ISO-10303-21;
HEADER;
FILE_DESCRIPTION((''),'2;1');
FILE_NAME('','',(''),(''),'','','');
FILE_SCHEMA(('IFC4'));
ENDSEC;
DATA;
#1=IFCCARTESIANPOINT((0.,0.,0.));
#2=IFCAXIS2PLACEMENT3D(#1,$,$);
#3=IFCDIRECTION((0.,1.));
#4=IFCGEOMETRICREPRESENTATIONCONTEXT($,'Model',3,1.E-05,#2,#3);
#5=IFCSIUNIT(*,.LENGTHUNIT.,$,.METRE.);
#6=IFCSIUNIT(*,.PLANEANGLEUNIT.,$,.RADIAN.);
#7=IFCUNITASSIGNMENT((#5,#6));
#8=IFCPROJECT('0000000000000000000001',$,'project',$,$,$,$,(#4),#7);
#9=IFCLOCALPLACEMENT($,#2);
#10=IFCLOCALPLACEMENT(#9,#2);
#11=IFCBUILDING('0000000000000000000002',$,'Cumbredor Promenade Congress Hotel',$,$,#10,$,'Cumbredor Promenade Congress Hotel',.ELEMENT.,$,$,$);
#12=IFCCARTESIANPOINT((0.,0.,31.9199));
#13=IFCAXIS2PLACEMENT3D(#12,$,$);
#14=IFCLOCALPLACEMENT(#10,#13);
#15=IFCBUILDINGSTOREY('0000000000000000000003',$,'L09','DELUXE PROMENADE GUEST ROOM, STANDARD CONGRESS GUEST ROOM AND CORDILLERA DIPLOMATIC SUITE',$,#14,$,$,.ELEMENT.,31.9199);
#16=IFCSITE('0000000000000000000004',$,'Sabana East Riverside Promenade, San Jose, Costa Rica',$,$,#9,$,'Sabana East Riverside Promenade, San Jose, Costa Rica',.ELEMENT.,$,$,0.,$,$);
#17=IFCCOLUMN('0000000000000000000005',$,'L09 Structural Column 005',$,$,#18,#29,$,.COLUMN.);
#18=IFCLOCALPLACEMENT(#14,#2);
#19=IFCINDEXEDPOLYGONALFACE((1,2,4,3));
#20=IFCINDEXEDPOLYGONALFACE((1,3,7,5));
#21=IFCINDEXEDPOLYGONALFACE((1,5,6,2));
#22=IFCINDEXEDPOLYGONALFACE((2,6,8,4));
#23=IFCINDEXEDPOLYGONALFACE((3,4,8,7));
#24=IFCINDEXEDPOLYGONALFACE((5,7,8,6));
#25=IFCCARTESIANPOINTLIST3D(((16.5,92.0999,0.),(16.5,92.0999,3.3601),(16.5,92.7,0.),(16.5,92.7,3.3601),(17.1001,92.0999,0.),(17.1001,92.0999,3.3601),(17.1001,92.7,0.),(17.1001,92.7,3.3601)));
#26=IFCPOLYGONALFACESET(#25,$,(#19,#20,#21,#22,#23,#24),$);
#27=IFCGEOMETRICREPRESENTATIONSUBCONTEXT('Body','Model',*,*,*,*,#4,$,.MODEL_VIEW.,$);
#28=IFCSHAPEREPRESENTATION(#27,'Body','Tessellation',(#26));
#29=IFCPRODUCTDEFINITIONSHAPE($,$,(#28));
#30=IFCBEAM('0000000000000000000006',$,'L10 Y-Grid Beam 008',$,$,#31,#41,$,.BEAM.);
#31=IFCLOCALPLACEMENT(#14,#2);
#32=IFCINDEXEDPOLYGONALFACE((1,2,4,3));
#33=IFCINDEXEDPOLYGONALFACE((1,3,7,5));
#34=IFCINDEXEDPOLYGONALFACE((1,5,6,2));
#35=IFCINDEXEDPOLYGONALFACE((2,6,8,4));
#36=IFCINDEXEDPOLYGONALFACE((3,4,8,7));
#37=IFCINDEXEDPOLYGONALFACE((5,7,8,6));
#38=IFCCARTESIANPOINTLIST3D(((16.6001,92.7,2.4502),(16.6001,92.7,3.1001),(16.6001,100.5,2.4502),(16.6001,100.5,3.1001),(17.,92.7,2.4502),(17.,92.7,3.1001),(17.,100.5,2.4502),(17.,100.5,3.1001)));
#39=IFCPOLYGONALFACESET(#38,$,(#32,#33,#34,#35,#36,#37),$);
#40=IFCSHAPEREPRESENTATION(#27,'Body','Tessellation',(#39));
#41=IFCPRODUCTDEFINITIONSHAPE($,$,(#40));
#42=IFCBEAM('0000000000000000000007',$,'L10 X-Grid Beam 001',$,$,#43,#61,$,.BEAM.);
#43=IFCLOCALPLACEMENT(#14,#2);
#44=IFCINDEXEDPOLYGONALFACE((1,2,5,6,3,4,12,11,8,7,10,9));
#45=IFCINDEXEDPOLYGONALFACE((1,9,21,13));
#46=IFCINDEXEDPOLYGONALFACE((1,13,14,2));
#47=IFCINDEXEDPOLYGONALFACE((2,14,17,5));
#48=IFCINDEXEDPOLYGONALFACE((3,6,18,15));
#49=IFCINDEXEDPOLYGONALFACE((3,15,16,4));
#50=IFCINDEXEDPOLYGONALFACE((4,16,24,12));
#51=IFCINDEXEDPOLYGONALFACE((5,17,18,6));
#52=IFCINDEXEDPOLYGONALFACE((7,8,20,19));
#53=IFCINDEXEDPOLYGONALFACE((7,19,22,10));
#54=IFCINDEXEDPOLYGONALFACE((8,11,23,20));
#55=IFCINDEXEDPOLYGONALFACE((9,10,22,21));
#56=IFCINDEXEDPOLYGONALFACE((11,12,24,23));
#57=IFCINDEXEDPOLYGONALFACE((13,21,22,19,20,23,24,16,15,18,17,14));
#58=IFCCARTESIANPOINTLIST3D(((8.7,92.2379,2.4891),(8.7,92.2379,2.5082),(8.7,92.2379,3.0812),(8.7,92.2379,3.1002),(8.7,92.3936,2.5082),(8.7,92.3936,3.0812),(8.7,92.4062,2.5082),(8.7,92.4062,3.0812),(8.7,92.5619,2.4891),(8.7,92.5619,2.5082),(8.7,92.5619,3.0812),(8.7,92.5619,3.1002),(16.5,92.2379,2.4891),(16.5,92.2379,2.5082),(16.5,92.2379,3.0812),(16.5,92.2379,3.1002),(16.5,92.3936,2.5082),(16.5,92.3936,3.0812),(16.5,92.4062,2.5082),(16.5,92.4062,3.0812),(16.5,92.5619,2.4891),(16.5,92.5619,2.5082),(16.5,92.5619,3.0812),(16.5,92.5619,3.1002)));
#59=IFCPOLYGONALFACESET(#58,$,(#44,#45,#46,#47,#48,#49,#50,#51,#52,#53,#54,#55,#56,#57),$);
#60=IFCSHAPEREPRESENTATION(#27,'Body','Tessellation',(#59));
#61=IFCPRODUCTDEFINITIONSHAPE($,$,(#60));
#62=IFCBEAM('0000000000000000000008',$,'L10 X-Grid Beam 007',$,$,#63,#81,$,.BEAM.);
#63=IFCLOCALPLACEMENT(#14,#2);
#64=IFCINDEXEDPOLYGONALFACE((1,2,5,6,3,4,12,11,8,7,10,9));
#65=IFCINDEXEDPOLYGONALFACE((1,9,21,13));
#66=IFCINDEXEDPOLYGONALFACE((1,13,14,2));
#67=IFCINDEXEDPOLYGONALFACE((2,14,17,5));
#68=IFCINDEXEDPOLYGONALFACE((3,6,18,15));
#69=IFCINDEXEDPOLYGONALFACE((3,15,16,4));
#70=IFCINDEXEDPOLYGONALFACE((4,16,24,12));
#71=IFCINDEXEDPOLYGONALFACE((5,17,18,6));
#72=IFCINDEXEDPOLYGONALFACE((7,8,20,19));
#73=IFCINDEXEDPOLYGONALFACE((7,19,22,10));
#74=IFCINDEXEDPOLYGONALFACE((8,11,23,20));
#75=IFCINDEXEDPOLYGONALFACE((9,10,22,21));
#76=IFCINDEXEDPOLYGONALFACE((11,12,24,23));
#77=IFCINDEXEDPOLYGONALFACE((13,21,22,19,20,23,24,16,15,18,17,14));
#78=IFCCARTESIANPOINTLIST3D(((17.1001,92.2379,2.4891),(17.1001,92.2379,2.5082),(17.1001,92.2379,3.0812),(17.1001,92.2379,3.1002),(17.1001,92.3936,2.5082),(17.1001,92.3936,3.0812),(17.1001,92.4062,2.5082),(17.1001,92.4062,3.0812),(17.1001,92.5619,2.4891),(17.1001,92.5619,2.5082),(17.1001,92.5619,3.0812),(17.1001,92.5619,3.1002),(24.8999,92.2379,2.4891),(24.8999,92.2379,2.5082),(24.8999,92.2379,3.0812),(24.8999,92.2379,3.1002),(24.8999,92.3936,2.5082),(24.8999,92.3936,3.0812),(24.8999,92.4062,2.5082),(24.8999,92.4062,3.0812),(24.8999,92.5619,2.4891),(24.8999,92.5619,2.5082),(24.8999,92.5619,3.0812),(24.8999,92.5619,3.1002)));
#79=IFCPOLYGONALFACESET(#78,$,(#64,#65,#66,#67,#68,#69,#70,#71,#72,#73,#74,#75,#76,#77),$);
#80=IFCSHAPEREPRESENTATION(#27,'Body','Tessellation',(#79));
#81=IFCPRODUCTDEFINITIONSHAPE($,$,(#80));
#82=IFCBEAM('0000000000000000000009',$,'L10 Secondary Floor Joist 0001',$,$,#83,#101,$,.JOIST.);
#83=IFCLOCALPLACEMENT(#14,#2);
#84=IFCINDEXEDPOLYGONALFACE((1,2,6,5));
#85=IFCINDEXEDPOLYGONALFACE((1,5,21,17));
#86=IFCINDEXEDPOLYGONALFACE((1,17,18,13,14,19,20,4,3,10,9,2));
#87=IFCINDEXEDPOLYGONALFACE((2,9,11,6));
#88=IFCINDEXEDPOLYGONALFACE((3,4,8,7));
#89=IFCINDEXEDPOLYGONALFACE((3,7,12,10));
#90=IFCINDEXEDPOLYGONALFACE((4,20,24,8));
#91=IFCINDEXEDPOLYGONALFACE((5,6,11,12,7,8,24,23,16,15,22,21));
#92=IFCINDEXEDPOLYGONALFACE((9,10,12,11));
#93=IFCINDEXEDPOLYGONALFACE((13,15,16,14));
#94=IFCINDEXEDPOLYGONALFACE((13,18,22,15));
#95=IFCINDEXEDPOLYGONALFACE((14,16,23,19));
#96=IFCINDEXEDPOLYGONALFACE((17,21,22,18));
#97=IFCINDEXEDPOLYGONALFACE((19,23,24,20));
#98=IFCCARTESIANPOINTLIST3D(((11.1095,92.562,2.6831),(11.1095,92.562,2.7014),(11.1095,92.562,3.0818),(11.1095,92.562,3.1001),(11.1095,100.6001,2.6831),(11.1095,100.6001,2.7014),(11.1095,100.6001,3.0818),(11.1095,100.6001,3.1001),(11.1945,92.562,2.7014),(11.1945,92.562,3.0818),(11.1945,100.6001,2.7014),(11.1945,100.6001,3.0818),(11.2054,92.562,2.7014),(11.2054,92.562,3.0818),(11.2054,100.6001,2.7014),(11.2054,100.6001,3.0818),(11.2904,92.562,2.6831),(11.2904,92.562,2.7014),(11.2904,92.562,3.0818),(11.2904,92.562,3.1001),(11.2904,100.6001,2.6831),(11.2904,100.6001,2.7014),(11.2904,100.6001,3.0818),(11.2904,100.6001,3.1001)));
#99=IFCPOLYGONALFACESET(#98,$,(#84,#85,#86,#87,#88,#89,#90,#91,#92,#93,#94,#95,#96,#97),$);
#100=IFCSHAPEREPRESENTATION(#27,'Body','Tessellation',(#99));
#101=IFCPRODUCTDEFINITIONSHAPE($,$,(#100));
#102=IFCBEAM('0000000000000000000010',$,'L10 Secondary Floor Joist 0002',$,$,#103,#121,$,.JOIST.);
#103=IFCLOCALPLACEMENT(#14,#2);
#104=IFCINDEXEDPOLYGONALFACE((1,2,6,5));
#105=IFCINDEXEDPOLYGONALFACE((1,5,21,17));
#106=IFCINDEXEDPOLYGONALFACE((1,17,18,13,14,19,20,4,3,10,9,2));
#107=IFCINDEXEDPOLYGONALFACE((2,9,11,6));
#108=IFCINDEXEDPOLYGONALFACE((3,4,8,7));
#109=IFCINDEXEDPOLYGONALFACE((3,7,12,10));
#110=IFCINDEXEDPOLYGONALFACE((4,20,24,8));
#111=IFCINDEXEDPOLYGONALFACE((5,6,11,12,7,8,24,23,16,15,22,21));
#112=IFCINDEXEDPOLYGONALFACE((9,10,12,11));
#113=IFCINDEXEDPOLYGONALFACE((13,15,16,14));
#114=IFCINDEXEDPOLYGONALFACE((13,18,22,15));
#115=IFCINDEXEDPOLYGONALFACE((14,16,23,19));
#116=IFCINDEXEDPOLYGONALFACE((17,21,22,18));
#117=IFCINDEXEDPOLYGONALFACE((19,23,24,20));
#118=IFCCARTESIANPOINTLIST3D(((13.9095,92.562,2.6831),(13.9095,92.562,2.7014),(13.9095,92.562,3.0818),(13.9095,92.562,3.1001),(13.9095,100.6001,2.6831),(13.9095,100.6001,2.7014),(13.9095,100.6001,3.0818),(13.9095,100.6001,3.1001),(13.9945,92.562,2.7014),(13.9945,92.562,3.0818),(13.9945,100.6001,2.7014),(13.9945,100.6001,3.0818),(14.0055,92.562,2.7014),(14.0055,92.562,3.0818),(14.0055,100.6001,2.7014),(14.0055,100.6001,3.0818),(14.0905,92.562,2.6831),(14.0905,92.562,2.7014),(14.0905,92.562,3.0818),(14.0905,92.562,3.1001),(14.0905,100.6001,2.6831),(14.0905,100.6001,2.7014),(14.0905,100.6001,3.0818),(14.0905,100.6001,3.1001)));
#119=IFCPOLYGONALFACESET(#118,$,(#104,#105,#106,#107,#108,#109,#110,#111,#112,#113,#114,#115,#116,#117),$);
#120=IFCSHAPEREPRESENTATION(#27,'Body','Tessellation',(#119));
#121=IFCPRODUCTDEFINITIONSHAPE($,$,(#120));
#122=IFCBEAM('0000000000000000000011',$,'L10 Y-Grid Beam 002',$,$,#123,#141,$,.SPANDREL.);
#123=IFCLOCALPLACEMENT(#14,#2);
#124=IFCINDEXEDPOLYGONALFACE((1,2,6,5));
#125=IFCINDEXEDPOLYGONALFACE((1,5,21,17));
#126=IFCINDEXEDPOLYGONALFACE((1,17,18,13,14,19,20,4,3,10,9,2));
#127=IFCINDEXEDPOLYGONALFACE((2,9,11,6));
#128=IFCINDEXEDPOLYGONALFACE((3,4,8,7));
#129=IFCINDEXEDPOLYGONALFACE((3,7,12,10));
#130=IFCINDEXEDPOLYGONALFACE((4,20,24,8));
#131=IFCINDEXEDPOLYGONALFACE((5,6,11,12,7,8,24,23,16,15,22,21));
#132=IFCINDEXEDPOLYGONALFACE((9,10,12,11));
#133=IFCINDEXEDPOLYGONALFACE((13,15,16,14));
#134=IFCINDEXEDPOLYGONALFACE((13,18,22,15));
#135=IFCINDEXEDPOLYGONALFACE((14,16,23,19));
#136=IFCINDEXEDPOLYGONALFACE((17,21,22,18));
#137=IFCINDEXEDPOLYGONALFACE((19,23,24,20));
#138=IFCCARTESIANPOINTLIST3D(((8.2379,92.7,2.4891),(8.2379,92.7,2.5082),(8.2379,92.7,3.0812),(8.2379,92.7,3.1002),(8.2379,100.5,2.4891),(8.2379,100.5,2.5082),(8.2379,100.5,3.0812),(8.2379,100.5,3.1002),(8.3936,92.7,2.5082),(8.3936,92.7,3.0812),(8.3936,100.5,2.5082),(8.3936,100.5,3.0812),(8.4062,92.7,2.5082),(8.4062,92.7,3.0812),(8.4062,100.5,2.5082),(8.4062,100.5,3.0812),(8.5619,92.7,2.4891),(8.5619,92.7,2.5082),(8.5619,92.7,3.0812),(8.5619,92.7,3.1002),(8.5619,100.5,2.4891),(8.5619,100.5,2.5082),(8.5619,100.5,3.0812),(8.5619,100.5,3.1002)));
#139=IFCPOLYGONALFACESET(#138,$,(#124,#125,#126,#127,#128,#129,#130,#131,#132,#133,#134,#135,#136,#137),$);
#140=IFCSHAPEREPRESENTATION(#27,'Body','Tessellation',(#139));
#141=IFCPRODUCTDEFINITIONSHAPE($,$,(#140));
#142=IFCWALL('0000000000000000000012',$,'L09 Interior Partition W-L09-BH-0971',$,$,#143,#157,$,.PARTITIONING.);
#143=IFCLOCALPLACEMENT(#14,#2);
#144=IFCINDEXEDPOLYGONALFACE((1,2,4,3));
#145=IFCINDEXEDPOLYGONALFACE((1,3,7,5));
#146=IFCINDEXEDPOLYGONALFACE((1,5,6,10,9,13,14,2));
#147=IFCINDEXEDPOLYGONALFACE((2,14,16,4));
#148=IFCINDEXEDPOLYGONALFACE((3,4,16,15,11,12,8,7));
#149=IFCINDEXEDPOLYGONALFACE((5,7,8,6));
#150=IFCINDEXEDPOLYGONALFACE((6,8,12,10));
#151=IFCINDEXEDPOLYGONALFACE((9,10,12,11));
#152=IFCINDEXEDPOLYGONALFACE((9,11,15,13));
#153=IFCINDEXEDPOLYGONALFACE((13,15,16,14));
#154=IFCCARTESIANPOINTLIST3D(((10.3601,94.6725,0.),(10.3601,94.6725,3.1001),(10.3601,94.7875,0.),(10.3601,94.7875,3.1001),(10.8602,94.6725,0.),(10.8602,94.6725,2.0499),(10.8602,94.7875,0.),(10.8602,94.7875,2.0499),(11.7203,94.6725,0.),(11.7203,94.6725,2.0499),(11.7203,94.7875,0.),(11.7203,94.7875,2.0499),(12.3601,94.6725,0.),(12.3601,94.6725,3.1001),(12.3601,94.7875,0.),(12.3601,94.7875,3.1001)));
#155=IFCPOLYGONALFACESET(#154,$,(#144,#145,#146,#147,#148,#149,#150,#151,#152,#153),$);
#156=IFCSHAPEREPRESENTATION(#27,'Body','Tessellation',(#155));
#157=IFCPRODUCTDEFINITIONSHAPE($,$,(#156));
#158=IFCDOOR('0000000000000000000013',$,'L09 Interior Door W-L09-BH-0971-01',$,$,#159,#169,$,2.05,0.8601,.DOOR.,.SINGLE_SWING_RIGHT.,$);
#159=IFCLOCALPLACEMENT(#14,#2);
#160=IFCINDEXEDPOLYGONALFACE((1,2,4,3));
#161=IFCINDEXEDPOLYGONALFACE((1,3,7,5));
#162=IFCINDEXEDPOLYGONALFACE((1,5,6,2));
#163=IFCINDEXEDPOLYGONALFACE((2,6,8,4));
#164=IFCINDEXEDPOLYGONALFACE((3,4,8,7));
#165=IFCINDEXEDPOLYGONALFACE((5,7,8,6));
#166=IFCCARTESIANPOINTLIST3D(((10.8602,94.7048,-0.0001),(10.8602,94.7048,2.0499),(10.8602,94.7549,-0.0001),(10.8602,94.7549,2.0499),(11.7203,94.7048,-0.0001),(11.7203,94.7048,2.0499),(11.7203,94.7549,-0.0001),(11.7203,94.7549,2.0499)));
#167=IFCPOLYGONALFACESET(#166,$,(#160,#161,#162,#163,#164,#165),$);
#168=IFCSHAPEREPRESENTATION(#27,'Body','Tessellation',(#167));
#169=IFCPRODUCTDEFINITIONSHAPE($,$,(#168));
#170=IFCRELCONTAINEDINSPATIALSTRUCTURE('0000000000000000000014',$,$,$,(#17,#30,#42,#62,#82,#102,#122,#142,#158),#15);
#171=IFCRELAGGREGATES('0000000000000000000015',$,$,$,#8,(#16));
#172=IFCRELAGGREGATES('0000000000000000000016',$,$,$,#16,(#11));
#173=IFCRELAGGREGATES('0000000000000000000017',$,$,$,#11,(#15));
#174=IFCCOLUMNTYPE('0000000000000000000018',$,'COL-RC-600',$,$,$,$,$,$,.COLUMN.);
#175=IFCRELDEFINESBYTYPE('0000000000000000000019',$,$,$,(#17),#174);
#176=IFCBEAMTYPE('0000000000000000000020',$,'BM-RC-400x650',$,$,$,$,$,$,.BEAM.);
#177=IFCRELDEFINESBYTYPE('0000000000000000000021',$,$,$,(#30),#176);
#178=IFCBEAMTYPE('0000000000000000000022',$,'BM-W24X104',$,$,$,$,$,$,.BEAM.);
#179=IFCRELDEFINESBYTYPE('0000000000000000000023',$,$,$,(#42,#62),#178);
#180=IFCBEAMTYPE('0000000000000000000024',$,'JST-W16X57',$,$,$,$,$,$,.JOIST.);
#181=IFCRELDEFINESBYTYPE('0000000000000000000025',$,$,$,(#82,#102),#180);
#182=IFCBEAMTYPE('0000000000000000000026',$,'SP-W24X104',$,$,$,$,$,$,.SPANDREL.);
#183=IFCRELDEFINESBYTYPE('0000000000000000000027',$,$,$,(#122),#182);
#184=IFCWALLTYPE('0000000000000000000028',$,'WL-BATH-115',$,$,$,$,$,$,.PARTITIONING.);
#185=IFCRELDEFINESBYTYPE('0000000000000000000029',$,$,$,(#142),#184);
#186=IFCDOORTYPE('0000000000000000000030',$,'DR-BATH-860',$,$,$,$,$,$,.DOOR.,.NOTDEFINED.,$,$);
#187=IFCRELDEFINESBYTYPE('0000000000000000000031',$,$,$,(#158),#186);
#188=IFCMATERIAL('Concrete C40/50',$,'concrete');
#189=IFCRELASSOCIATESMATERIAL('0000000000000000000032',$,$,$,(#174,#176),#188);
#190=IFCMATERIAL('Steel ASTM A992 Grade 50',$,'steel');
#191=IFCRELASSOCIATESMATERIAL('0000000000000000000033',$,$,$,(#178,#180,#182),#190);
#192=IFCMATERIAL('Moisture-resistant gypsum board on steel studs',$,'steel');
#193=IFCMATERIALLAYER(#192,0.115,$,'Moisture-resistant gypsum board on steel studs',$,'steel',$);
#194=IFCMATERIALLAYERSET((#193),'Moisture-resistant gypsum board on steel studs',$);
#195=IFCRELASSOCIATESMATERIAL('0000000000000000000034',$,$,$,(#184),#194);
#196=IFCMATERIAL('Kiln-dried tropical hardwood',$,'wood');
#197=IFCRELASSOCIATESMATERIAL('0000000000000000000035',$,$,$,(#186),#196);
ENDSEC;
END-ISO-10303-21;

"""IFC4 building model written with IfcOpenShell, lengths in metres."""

from ifc_helpers import new_model, si_unit, direction, frame, frame_2d, origin, origin_2d, place, context, subcontext, project, spatial, rectangle, i_section, extrude, material, layer, layer_set, material_profile, profile_set, type_object, element, fill, save


model = new_model("IFC4")

# Units and contexts
model_context = context("Model", 3, precision=1e-05, world=origin(), true_north=direction((0.0, 1.0)))
body_context = subcontext(model_context, "Body", "Model", "MODEL_VIEW")
ifc_project = project(units=[si_unit("LENGTHUNIT", "METRE"), si_unit("PLANEANGLEUNIT", "RADIAN")], contexts=[model_context])

# Site, building, storey
site_placement = place(None, origin())
site = spatial("IfcSite", under=ifc_project, at=site_placement, Name="Sabana East Riverside Promenade, San Jose, Costa Rica", LongName="Sabana East Riverside Promenade, San Jose, Costa Rica", CompositionType="ELEMENT", RefElevation=0.0)
building_placement = place(site_placement, origin())
building = spatial("IfcBuilding", under=site, at=building_placement, Name="Cumbredor Promenade Congress Hotel", LongName="Cumbredor Promenade Congress Hotel", CompositionType="ELEMENT")
storey_placement = place(building_placement, frame((0.0, 0.0, 31.9199)))
storey = spatial("IfcBuildingStorey", under=building, at=storey_placement, Name="L09", Description="DELUXE PROMENADE GUEST ROOM, STANDARD CONGRESS GUEST ROOM AND CORDILLERA DIPLOMATIC SUITE", CompositionType="ELEMENT", Elevation=31.9199)

# Column
ifc_material_1 = material(Name="Concrete C40/50", Category="concrete")
ifc_material_profile_1 = material_profile(ifc_material_1, rectangle(XDim=0.6001, YDim=0.6001, at=origin_2d()), Name="RC 600x600")
ifc_profile_set_1 = profile_set([ifc_material_profile_1], Name="Concrete C40/50")
column_type = type_object("IfcColumnType", Name="COL-RC-600", PredefinedType="COLUMN", material=ifc_profile_set_1)
column_placement = place(storey_placement, frame((16.8, 92.3999, 0.0), z_axis=(0.0, 0.0, 1.0), x_axis=(1.0, 0.0, 0.0)))
element("IfcColumn", 1, at=column_placement, inside=storey, type_object=column_type, Name="L09 Structural Column 005", PredefinedType="COLUMN", context=body_context, shape_type="SweptSolid", body=[
    extrude(rectangle(XDim=0.6001, YDim=0.6001, at=origin_2d()), origin(), (0.0, 0.0, 1.0), 3.3601),
])

# Beams
ifc_material_profile_2 = material_profile(ifc_material_1, rectangle(XDim=0.3999, YDim=0.6499, at=origin_2d()), Name="RC BEAM 400x650")
ifc_profile_set_2 = profile_set([ifc_material_profile_2], Name="Concrete C40/50")
beam_type_1 = type_object("IfcBeamType", Name="BM-RC-400x650", PredefinedType="BEAM", material=ifc_profile_set_2)
beam_1_placement = place(storey_placement, frame((16.8, 92.7, 2.7751), z_axis=(0.0, 1.0, 0.0), x_axis=(-1.0, 0.0, 0.0)))
element("IfcBeam", 2, at=beam_1_placement, inside=storey, type_object=beam_type_1, Name="L10 Y-Grid Beam 008", PredefinedType="BEAM", context=body_context, shape_type="SweptSolid", body=[
    extrude(rectangle(XDim=0.3999, YDim=0.6499, at=origin_2d()), origin(), (0.0, 0.0, 1.0), 7.8),
])
ifc_material_2 = material(Name="Steel ASTM A992 Grade 50", Category="steel")
ifc_material_profile_3 = material_profile(ifc_material_2, i_section(OverallWidth=0.324, OverallDepth=0.6111, WebThickness=0.0127, FlangeThickness=0.019, at=origin_2d()), Name="W24X104")
ifc_profile_set_3 = profile_set([ifc_material_profile_3], Name="Steel ASTM A992 Grade 50")
beam_type_2 = type_object("IfcBeamType", Name="BM-W24X104", PredefinedType="BEAM", material=ifc_profile_set_3)
beam_2_placement = place(storey_placement, frame((8.7, 92.3999, 2.7947), z_axis=(1.0, 0.0, 0.0), x_axis=(0.0, 1.0, 0.0)))
element("IfcBeam", 3, at=beam_2_placement, inside=storey, type_object=beam_type_2, Name="L10 X-Grid Beam 001", PredefinedType="BEAM", context=body_context, shape_type="SweptSolid", body=[
    extrude(i_section(OverallWidth=0.324, OverallDepth=0.6111, WebThickness=0.0127, FlangeThickness=0.019, at=origin_2d()), origin(), (0.0, 0.0, 1.0), 7.8),
])
beam_3_placement = place(storey_placement, frame((17.1001, 92.3999, 2.7947), z_axis=(1.0, 0.0, 0.0), x_axis=(0.0, 1.0, 0.0)))
element("IfcBeam", 4, at=beam_3_placement, inside=storey, type_object=beam_type_2, Name="L10 X-Grid Beam 007", PredefinedType="BEAM", context=body_context, shape_type="SweptSolid", body=[
    extrude(i_section(OverallWidth=0.324, OverallDepth=0.6111, WebThickness=0.0127, FlangeThickness=0.019, at=origin_2d()), origin(), (0.0, 0.0, 1.0), 7.7998),
])
ifc_material_profile_4 = material_profile(ifc_material_2, i_section(OverallWidth=0.1809, OverallDepth=0.417, WebThickness=0.011, FlangeThickness=0.0183, at=origin_2d()), Name="W16X57")
ifc_profile_set_4 = profile_set([ifc_material_profile_4], Name="Steel ASTM A992 Grade 50")
beam_type_3 = type_object("IfcBeamType", Name="JST-W16X57", PredefinedType="JOIST", material=ifc_profile_set_4)
for number, where, z_axis, x_axis, name in (
    (5, (11.2, 92.562, 2.8916), (0.0, 1.0, 0.0), (-1.0, 0.0, 0.0), "L10 Secondary Floor Joist 0001"),
    (6, (14.0, 92.562, 2.8916), (0.0, 1.0, 0.0), (-1.0, 0.0, 0.0), "L10 Secondary Floor Joist 0002"),
):
    element("IfcBeam", number, at=place(storey_placement, frame(where, z_axis=z_axis, x_axis=x_axis)), inside=storey, type_object=beam_type_3, Name=name, PredefinedType="JOIST", context=body_context, shape_type="SweptSolid", body=[
        extrude(i_section(OverallWidth=0.1809, OverallDepth=0.417, WebThickness=0.011, FlangeThickness=0.0183, at=origin_2d()), origin(), (0.0, 0.0, 1.0), 8.0381),
    ])
ifc_material_profile_5 = material_profile(ifc_material_2, i_section(OverallWidth=0.324, OverallDepth=0.6111, WebThickness=0.0127, FlangeThickness=0.019, at=origin_2d()), Name="W24X104")
ifc_profile_set_5 = profile_set([ifc_material_profile_5], Name="Steel ASTM A992 Grade 50")
beam_type_4 = type_object("IfcBeamType", Name="SP-W24X104", PredefinedType="SPANDREL", material=ifc_profile_set_5)
beam_4_placement = place(storey_placement, frame((8.3999, 92.7, 2.7947), z_axis=(0.0, 1.0, 0.0), x_axis=(-1.0, 0.0, 0.0)))
element("IfcBeam", 7, at=beam_4_placement, inside=storey, type_object=beam_type_4, Name="L10 Y-Grid Beam 002", PredefinedType="SPANDREL", context=body_context, shape_type="SweptSolid", body=[
    extrude(i_section(OverallWidth=0.324, OverallDepth=0.6111, WebThickness=0.0127, FlangeThickness=0.019, at=origin_2d()), origin(), (0.0, 0.0, 1.0), 7.8),
])

# Wall, opening, door
ifc_material_3 = material(Name="Moisture-resistant gypsum board on steel studs", Category="steel")
ifc_layer_1 = layer(ifc_material_3, 0.115, Name="Moisture-resistant gypsum board on steel studs", Category="steel")
ifc_layer_set_1 = layer_set([ifc_layer_1], Name="Moisture-resistant gypsum board on steel studs")
wall_type_1 = type_object("IfcWallType", Name="WL-BATH-115", PredefinedType="PARTITIONING", material=ifc_layer_set_1)
wall_1_placement = place(storey_placement, frame((10.3601, 94.73, 0.0), z_axis=(0.0, 0.0, 1.0), x_axis=(1.0, 0.0, 0.0)))
wall_1 = element("IfcWall", 8, at=wall_1_placement, inside=storey, type_object=wall_type_1, Name="L09 Interior Partition W-L09-BH-0971", PredefinedType="PARTITIONING", context=body_context, shape_type="SweptSolid", body=[
    extrude(rectangle(XDim=2.0, YDim=0.115, at=frame_2d((1.0, 0.0))), origin(), (0.0, 0.0, 1.0), 3.1001),
])
opening_1_placement = place(wall_1_placement, frame((0.5, 0.0, 0.0)))
opening_1 = element("IfcOpeningElement", 9, at=opening_1_placement, cuts=wall_1, PredefinedType="OPENING", context=body_context, shape_type="SweptSolid", body=[
    extrude(rectangle(XDim=0.8601, YDim=2.05, at=frame_2d((0.4302, 1.0249))), frame((0.0, 0.0674, 0.0), z_axis=(0.0, -1.0, 0.0), x_axis=(1.0, 0.0, 0.0)), (0.0, 0.0, 1.0), 0.135),
])
ifc_material_4 = material(Name="Kiln-dried tropical hardwood", Category="wood")
door_type = type_object("IfcDoorType", Name="DR-BATH-860", OperationType="NOTDEFINED", PredefinedType="DOOR", material=ifc_material_4)
door_1_placement = place(opening_1_placement, origin())
door_1 = element("IfcDoor", 10, at=door_1_placement, inside=storey, type_object=door_type, Name="L09 Interior Door W-L09-BH-0971-01", OperationType="SINGLE_SWING_RIGHT", OverallHeight=2.05, OverallWidth=0.8601, PredefinedType="DOOR", context=body_context, shape_type="SweptSolid", body=[
    extrude(rectangle(XDim=0.8601, YDim=2.05, at=frame_2d((0.4302, 1.0249))), frame((0.0, 0.0249, 0.0), z_axis=(0.0, -1.0, 0.0), x_axis=(1.0, 0.0, 0.0)), (0.0, 0.0, 1.0), 0.05),
])
fill(opening_1, door_1)

save(model, "model.ifc")
